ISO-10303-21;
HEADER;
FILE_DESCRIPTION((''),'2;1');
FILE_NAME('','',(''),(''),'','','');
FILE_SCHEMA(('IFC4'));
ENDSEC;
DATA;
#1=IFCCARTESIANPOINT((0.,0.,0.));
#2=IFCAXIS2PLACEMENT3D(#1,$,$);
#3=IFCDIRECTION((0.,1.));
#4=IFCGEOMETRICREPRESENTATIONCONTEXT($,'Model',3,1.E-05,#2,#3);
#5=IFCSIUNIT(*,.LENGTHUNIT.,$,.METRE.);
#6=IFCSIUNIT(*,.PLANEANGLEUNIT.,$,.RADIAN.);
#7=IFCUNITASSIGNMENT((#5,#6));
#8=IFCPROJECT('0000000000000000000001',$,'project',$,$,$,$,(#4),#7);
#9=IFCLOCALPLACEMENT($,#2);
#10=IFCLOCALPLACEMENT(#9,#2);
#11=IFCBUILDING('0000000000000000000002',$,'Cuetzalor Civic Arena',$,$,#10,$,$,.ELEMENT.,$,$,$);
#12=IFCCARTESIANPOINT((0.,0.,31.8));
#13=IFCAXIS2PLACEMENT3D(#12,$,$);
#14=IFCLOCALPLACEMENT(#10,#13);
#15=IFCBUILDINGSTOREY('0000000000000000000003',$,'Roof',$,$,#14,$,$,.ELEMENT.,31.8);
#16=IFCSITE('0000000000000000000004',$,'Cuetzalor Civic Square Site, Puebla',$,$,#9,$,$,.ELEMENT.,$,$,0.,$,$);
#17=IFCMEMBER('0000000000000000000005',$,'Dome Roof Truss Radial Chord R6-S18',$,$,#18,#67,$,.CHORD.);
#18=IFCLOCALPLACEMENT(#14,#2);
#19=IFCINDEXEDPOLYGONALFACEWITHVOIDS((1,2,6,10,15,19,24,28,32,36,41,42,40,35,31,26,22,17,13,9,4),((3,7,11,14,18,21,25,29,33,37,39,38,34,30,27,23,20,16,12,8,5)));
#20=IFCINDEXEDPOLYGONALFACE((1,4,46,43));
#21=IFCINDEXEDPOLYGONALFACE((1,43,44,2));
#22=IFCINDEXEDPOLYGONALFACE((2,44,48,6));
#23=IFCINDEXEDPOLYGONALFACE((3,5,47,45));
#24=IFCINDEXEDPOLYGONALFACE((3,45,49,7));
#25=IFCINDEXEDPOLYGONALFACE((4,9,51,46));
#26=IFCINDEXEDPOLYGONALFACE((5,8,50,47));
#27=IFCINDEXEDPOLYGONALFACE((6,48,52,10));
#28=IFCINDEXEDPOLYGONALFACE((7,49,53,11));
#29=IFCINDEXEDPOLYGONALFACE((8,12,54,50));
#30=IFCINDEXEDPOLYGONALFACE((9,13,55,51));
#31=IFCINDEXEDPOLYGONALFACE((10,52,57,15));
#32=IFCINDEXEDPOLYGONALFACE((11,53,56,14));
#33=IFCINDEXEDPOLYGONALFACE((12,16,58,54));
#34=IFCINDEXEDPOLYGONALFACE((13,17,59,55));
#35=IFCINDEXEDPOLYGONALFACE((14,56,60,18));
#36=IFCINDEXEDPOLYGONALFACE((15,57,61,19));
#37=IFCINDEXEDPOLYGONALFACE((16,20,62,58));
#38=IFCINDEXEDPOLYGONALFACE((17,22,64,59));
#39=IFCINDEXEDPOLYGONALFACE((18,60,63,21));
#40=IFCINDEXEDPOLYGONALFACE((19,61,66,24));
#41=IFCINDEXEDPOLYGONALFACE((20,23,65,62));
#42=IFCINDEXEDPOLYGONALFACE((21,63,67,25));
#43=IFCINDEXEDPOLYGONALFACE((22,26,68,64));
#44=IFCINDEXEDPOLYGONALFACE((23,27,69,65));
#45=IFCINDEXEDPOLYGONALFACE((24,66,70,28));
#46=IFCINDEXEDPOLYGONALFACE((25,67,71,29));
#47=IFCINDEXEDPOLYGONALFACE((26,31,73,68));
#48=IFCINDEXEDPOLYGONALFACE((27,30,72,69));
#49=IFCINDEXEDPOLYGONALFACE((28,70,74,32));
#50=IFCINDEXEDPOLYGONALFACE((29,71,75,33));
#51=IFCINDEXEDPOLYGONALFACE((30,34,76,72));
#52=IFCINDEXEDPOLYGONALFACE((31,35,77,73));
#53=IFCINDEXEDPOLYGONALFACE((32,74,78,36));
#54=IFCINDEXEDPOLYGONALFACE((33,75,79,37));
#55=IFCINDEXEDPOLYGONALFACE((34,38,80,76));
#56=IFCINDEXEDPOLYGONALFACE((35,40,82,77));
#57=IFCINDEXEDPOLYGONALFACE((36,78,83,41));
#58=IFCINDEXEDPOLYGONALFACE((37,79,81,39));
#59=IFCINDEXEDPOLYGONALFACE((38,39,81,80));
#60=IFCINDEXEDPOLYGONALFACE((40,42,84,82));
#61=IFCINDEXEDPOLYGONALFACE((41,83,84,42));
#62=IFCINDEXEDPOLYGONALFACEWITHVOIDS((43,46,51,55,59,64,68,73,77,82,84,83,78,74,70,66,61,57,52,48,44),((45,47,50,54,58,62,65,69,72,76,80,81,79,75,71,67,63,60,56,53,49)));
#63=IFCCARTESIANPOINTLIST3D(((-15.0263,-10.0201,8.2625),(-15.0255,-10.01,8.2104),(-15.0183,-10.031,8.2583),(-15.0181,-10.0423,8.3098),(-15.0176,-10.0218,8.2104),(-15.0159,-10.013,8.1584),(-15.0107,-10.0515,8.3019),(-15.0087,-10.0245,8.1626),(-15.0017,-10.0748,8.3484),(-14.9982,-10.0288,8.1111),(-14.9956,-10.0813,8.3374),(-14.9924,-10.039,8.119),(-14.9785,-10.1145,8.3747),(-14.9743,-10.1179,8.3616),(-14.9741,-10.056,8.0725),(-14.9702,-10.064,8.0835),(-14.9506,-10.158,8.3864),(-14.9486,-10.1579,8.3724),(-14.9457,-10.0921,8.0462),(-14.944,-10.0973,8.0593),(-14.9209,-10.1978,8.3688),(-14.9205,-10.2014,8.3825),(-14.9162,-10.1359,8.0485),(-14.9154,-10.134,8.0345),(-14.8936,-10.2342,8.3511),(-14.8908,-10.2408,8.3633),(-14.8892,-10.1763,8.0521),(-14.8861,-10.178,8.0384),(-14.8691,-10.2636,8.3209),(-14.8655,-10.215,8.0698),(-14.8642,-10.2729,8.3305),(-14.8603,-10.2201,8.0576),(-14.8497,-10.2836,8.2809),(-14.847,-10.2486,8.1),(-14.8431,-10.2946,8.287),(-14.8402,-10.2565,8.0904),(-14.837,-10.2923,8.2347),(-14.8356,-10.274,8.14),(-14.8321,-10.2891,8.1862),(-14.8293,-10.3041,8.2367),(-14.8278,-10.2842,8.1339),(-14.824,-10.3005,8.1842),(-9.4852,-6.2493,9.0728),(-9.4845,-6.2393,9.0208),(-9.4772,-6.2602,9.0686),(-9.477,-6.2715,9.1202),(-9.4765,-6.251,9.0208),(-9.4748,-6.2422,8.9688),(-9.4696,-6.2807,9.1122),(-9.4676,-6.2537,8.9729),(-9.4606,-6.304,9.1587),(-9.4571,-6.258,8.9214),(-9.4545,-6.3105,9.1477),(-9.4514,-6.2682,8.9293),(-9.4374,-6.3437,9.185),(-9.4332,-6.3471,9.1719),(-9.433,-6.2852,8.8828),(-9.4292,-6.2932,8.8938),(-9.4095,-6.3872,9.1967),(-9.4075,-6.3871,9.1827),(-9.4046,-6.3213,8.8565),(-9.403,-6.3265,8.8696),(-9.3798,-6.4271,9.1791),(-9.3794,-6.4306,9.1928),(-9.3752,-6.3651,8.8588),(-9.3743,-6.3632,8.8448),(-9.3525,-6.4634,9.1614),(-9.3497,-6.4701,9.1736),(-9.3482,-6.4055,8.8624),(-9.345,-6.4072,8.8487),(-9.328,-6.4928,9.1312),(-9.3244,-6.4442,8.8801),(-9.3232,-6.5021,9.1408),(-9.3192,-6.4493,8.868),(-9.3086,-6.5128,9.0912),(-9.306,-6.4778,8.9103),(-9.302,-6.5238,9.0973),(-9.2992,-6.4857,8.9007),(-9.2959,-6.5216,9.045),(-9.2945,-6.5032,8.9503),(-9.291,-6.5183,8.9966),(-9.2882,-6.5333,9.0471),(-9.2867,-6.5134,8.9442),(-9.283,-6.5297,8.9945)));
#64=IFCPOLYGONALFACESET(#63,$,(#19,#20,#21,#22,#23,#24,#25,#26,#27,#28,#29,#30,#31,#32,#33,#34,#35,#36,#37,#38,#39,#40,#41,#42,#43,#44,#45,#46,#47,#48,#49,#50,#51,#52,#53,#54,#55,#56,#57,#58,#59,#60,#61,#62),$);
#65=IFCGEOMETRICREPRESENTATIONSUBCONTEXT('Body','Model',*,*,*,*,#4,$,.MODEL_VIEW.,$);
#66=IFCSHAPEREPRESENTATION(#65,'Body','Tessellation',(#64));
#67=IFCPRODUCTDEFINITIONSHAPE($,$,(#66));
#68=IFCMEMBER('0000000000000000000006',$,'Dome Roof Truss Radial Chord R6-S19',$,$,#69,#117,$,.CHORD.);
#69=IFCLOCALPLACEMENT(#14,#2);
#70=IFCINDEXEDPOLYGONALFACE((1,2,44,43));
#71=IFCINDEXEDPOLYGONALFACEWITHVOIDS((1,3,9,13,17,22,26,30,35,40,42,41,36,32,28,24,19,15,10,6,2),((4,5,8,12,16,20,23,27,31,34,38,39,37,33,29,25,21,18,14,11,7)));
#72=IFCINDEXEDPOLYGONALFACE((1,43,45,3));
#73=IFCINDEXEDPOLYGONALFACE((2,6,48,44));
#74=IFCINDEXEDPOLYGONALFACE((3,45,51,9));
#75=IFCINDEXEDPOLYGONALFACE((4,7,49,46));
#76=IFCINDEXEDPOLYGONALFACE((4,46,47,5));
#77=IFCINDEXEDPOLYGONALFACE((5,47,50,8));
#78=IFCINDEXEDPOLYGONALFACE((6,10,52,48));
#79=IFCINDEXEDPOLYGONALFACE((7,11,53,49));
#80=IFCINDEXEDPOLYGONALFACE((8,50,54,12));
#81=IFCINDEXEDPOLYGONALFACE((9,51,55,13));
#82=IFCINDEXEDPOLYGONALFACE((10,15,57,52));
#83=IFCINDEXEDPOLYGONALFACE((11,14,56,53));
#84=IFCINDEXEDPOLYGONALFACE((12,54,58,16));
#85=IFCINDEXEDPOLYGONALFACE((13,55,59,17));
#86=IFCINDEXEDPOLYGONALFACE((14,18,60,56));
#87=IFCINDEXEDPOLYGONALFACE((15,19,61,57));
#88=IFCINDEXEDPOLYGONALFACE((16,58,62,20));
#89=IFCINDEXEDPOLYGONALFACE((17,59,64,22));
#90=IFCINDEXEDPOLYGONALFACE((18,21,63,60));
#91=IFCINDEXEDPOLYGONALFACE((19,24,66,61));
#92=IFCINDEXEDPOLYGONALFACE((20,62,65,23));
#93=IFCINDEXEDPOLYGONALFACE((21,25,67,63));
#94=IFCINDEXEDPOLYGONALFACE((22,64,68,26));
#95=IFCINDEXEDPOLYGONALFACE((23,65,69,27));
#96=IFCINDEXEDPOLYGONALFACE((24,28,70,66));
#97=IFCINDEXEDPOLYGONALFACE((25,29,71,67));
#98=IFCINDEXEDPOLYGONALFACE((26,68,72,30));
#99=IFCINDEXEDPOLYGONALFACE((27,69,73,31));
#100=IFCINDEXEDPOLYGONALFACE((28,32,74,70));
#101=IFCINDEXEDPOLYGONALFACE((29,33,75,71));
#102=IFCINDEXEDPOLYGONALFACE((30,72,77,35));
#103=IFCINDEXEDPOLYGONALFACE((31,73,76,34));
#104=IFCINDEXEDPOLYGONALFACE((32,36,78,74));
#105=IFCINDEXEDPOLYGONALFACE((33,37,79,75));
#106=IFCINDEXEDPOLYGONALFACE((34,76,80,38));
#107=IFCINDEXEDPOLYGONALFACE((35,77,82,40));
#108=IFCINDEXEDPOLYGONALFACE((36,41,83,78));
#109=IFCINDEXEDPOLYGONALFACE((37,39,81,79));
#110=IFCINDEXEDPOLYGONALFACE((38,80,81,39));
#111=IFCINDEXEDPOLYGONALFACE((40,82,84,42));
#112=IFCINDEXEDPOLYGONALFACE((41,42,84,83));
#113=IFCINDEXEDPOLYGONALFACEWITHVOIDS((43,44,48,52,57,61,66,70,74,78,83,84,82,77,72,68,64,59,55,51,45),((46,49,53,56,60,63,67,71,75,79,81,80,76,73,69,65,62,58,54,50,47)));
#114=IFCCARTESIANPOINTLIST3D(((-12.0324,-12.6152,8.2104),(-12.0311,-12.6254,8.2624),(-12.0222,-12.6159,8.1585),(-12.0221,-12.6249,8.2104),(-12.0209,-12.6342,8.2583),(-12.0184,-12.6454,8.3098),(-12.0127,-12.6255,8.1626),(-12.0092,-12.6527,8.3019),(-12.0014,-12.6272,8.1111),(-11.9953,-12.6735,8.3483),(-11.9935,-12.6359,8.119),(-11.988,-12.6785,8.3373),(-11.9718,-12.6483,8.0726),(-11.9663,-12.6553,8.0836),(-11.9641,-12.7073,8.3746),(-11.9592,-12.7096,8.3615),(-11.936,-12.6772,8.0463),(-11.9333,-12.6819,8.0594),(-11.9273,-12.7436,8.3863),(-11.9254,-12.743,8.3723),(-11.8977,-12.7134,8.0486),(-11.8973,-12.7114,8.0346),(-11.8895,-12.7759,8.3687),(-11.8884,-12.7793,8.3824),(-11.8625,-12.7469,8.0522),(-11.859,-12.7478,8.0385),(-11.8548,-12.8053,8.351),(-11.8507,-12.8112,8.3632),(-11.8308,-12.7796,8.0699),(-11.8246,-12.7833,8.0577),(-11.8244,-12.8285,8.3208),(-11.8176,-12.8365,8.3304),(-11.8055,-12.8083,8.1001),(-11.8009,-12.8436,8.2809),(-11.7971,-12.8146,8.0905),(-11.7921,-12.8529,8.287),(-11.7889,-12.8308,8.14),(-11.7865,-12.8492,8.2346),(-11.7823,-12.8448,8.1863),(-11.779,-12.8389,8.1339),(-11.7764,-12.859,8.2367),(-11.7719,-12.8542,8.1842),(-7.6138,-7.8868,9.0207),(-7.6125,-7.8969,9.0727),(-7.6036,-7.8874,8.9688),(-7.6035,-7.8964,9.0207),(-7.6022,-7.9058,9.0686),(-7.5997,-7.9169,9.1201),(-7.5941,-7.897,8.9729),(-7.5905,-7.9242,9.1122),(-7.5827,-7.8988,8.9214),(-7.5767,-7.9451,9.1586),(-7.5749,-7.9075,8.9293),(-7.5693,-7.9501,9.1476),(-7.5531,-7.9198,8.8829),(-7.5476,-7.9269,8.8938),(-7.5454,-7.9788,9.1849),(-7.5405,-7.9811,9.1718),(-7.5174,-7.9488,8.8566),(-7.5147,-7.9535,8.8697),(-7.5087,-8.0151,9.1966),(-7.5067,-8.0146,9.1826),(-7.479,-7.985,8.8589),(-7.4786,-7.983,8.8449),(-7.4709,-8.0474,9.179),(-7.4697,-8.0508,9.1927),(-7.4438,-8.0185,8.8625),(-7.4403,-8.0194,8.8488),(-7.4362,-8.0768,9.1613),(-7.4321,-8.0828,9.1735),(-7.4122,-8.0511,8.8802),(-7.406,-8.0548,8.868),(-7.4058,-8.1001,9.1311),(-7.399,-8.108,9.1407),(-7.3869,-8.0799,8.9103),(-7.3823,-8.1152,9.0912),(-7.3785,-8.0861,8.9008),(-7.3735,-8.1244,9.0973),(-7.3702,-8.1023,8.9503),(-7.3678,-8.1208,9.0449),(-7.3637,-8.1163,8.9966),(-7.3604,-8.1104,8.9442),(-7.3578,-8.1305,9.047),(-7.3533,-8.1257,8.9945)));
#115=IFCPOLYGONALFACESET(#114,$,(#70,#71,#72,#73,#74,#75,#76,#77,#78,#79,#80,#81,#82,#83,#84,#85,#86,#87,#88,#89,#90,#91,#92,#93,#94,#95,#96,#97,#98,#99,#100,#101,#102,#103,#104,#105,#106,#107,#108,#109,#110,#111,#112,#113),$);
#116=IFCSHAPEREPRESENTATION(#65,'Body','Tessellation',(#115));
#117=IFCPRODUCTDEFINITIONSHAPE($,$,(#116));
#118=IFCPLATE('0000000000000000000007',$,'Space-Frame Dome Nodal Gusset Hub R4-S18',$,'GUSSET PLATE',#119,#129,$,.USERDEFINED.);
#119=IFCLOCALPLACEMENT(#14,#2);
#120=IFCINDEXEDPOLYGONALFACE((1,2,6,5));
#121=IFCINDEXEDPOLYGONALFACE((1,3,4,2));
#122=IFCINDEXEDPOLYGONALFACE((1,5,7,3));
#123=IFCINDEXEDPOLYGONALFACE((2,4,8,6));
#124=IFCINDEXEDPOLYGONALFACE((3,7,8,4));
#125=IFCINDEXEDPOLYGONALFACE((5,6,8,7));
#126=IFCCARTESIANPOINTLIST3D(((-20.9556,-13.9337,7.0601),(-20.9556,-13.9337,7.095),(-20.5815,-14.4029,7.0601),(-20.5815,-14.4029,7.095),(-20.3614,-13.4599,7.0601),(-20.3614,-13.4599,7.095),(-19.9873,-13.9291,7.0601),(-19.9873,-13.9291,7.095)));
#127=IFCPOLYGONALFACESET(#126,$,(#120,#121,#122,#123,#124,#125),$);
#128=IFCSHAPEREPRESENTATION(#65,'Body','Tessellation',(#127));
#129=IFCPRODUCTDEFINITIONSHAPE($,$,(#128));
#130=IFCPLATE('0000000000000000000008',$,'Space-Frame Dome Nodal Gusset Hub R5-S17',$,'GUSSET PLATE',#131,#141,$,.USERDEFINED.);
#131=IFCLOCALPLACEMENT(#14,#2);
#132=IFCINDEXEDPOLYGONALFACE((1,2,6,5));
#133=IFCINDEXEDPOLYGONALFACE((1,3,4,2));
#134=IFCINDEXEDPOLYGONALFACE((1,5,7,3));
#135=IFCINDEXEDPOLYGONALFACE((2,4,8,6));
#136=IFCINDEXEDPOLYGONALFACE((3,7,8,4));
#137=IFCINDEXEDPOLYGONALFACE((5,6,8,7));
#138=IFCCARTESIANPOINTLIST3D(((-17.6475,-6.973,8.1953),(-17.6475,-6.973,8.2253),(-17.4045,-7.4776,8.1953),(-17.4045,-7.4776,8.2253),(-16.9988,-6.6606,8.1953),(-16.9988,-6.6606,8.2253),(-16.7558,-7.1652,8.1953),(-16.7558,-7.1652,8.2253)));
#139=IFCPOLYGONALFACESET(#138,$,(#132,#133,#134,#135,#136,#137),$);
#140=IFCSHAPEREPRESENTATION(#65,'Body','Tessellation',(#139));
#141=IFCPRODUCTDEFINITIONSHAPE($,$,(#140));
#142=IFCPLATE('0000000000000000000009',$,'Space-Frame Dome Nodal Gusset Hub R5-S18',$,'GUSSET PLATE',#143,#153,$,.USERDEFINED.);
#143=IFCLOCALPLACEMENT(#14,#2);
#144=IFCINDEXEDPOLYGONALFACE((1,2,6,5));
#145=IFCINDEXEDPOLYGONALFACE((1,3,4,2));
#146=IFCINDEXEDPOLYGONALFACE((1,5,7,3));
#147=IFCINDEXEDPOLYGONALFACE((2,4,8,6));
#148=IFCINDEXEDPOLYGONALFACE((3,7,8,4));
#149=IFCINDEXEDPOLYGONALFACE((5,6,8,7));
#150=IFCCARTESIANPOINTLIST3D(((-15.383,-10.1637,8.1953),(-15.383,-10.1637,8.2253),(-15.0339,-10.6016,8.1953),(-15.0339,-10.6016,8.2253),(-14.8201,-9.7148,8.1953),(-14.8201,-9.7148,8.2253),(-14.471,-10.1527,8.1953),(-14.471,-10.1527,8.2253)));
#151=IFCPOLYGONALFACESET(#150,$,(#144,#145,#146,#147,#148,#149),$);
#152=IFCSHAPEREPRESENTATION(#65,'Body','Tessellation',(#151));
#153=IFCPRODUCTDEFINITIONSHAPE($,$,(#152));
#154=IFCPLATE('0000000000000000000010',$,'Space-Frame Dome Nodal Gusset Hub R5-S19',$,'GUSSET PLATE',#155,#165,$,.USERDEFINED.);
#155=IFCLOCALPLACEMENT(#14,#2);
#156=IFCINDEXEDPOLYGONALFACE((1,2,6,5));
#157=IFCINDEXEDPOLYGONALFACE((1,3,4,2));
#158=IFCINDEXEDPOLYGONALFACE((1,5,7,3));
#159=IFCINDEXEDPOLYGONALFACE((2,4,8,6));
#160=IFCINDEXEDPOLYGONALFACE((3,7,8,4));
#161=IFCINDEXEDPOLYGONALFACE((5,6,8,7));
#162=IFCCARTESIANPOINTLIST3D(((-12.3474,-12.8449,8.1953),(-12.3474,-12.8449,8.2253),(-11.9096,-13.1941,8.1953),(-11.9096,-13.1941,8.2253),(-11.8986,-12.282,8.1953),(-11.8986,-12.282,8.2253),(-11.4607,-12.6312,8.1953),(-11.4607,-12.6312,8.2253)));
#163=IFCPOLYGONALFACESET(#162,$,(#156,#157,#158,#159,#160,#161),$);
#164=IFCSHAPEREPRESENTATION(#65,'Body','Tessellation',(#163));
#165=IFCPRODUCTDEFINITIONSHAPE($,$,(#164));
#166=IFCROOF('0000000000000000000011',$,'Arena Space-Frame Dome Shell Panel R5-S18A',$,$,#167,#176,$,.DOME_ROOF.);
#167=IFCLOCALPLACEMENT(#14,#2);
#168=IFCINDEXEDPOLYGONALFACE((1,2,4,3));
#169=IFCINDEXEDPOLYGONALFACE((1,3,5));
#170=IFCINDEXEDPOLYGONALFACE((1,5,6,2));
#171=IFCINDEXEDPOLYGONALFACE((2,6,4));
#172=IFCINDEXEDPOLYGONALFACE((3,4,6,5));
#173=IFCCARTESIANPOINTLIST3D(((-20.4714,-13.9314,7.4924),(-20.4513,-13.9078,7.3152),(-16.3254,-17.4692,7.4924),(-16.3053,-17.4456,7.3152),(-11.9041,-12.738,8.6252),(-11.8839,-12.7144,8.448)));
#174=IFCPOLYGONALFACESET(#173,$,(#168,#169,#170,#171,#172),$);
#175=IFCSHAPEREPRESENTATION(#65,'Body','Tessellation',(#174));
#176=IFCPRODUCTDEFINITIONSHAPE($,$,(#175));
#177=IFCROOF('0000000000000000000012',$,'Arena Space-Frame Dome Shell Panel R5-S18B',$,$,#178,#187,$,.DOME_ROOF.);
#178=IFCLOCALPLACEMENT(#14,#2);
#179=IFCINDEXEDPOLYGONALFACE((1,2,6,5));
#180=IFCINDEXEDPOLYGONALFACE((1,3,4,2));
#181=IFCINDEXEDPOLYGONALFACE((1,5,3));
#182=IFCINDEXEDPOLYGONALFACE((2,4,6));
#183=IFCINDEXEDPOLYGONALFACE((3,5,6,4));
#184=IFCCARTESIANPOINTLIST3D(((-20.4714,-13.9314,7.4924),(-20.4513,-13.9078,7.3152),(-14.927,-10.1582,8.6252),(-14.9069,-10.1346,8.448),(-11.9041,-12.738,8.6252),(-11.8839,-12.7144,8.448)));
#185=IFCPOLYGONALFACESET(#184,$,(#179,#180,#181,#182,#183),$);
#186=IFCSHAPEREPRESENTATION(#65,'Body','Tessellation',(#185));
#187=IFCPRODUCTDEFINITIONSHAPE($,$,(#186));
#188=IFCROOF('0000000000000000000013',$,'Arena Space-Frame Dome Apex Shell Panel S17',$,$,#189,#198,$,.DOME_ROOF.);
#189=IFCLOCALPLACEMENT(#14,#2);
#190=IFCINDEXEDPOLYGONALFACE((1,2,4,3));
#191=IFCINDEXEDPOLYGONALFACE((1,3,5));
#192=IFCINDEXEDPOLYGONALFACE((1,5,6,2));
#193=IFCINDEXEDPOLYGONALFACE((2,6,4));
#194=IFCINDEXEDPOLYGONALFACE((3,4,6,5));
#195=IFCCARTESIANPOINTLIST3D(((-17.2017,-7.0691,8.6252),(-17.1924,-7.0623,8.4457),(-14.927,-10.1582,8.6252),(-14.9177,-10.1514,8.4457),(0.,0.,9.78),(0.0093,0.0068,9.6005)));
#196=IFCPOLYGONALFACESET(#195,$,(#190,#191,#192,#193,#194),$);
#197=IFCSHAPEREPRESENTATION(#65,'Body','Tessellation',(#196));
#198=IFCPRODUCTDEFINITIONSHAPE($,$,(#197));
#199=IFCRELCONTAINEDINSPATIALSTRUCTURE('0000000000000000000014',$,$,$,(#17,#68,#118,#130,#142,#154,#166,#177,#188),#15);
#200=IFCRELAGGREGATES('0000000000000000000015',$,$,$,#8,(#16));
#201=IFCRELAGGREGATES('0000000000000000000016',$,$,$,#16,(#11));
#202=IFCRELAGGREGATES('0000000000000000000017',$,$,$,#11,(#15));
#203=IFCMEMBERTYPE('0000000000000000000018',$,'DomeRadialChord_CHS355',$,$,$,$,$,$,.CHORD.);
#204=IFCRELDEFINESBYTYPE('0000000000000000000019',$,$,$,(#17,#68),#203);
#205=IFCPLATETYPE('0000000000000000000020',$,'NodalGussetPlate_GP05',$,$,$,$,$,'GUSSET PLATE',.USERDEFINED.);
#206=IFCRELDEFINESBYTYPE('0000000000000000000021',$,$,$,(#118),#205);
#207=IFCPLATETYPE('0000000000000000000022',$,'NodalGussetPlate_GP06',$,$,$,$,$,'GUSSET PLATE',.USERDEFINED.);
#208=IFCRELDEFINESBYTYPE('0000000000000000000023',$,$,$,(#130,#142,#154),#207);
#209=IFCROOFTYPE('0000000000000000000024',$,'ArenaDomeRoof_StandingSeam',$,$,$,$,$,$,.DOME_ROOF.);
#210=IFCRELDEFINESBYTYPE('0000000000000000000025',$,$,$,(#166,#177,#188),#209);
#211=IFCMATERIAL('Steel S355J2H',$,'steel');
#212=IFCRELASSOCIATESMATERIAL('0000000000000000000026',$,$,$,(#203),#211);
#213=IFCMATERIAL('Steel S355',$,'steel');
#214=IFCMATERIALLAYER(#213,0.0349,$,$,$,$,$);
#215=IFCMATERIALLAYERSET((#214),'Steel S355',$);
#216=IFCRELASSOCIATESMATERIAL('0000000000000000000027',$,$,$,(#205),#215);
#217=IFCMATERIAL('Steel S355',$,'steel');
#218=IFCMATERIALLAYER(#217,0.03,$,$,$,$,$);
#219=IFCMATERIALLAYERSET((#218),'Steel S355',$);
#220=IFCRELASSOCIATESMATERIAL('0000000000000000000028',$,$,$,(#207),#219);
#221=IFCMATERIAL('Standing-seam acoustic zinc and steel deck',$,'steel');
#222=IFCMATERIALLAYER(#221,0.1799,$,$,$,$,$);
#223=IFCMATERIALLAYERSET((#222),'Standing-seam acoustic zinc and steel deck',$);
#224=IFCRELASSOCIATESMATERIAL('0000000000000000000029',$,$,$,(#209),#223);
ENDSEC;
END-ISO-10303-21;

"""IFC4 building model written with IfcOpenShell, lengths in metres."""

from ifc_helpers import new_model, si_unit, direction, frame, origin, origin_2d, place, context, subcontext, project, spatial, polyline, rectangle, hollow_circle, outline, extrude, material, layer, layer_set, material_profile, profile_set, type_object, element, save


model = new_model("IFC4")

# Units and contexts
model_context = context("Model", 3, precision=1e-05, world=origin(), true_north=direction((0.0, 1.0)))
body_context = subcontext(model_context, "Body", "Model", "MODEL_VIEW")
ifc_project = project(units=[si_unit("LENGTHUNIT", "METRE"), si_unit("PLANEANGLEUNIT", "RADIAN")], contexts=[model_context])

# Site, building, storey
site_placement = place(None, origin())
site = spatial("IfcSite", under=ifc_project, at=site_placement, Name="Cuetzalor Civic Square Site, Puebla", CompositionType="ELEMENT", RefElevation=0.0)
building_placement = place(site_placement, origin())
building = spatial("IfcBuilding", under=site, at=building_placement, Name="Cuetzalor Civic Arena", CompositionType="ELEMENT")
storey_placement = place(building_placement, frame((0.0, 0.0, 31.8)))
storey = spatial("IfcBuildingStorey", under=building, at=storey_placement, Name="Roof", CompositionType="ELEMENT", Elevation=31.8)

# Members
ifc_material_1 = material(Name="Steel S355J2H", Category="steel")
ifc_material_profile_1 = material_profile(ifc_material_1, hollow_circle(Radius=0.1777, WallThickness=0.0142, at=origin_2d()), Name="CHS 355.6x14.2")
ifc_profile_set_1 = profile_set([ifc_material_profile_1], Name="Steel S355J2H")
member_type_1 = type_object("IfcMemberType", Name="DomeRadialChord_CHS355", PredefinedType="CHORD", material=ifc_profile_set_1)
member_1_placement = place(storey_placement, frame((-14.9255, -10.157, 8.2104), z_axis=(0.820751, 0.558535, 0.120024), x_axis=(-0.562602, 0.826728, 0.0)))
element("IfcMember", 1, at=member_1_placement, inside=storey, type_object=member_type_1, Name="Dome Roof Truss Radial Chord R6-S18", PredefinedType="CHORD", context=body_context, shape_type="SweptSolid", body=[
    extrude(hollow_circle(Radius=0.1777, WallThickness=0.0142, at=origin_2d()), origin(), (0.0, 0.0, 1.0), 6.7512),
])
member_2_placement = place(storey_placement, frame((-11.9026, -12.7366, 8.2104), z_axis=(0.677476, 0.724977, 0.124236), x_axis=(-0.730637, 0.682766, 0.0)))
element("IfcMember", 2, at=member_2_placement, inside=storey, type_object=member_type_1, Name="Dome Roof Truss Radial Chord R6-S19", PredefinedType="CHORD", context=body_context, shape_type="SweptSolid", body=[
    extrude(hollow_circle(Radius=0.1777, WallThickness=0.0142, at=origin_2d()), origin(), (0.0, 0.0, 1.0), 6.5222),
])

# Plates
ifc_material_2 = material(Name="Steel S355", Category="steel")
ifc_layer_1 = layer(ifc_material_2, 0.0349)
ifc_layer_set_1 = layer_set([ifc_layer_1], Name="Steel S355")
plate_type_1 = type_object("IfcPlateType", Name="NodalGussetPlate_GP05", ElementType="GUSSET PLATE", PredefinedType="USERDEFINED", material=ifc_layer_set_1)
plate_placement = place(storey_placement, frame((-20.4714, -13.9314, 7.0601), z_axis=(0.0, 0.0, 1.0), x_axis=(-0.781847, -0.62347, 0.0)))
element("IfcPlate", 3, at=plate_placement, inside=storey, type_object=plate_type_1, Name="Space-Frame Dome Nodal Gusset Hub R4-S18", ObjectType="GUSSET PLATE", PredefinedType="USERDEFINED", context=body_context, shape_type="SweptSolid", body=[
    extrude(rectangle(XDim=0.76, YDim=0.6001, at=origin_2d()), origin(), (0.0, 0.0, 1.0), 0.0349),
])
ifc_material_3 = material(Name="Steel S355", Category="steel")
ifc_layer_2 = layer(ifc_material_3, 0.03)
ifc_layer_set_2 = layer_set([ifc_layer_2], Name="Steel S355")
plate_type_2 = type_object("IfcPlateType", Name="NodalGussetPlate_GP06", ElementType="GUSSET PLATE", PredefinedType="USERDEFINED", material=ifc_layer_set_2)
for number, where, z_axis, x_axis, name in (
    (4, (-17.2017, -7.0691, 8.1953), (0.0, 0.0, 1.0), (-0.901001, -0.433816, 0.0), "Space-Frame Dome Nodal Gusset Hub R5-S17"),
    (5, (-14.927, -10.1582, 8.1953), (0.0, 0.0, 1.0), (-0.781847, -0.62347, 0.0), "Space-Frame Dome Nodal Gusset Hub R5-S18"),
    (6, (-11.9041, -12.738, 8.1953), (0.0, 0.0, 1.0), (-0.62347, -0.781847, 0.0), "Space-Frame Dome Nodal Gusset Hub R5-S19"),
):
    element("IfcPlate", number, at=place(storey_placement, frame(where, z_axis=z_axis, x_axis=x_axis)), inside=storey, type_object=plate_type_2, Name=name, ObjectType="GUSSET PLATE", PredefinedType="USERDEFINED", context=body_context, shape_type="SweptSolid", body=[
        extrude(rectangle(XDim=0.72, YDim=0.5601, at=origin_2d()), origin(), (0.0, 0.0, 1.0), 0.03),
    ])

# Roofs
ifc_material_4 = material(Name="Standing-seam acoustic zinc and steel deck", Category="steel")
ifc_layer_3 = layer(ifc_material_4, 0.1799)
ifc_layer_set_3 = layer_set([ifc_layer_3], Name="Standing-seam acoustic zinc and steel deck")
roof_type = type_object("IfcRoofType", Name="ArenaDomeRoof_StandingSeam", PredefinedType="DOME_ROOF", material=ifc_layer_set_3)
roof_1_placement = place(storey_placement, frame((-20.4714, -13.9314, 7.4924), z_axis=(-0.111965, -0.131212, 0.985011), x_axis=(0.760693, -0.649111, 0.0)))
element("IfcRoof", 7, at=roof_1_placement, inside=storey, type_object=roof_type, Name="Arena Space-Frame Dome Shell Panel R5-S18A", PredefinedType="DOME_ROOF", context=body_context, shape_type="SweptSolid", body=[
    extrude(outline(polyline([(0.0, 0.0), (5.4503, 0.0), (5.7425, 6.5674), (0.0, 0.0)])), origin(), (0.0, 0.0, -1.0), 0.1799),
])
roof_2_placement = place(storey_placement, frame((-20.4714, -13.9314, 7.4924), z_axis=(-0.111967, -0.131199, 0.985013), x_axis=(0.982052, 0.136791, 0.129851)))
element("IfcRoof", 8, at=roof_2_placement, inside=storey, type_object=roof_type, Name="Arena Space-Frame Dome Shell Panel R5-S18B", PredefinedType="DOME_ROOF", context=body_context, shape_type="SweptSolid", body=[
    extrude(outline(polyline([(0.0, 0.0), (8.724, 0.0), (6.1082, 2.9919), (0.0, 0.0)])), origin(), (0.0, 0.0, -1.0), 0.1799),
])
roof_3_placement = place(storey_placement, frame((-17.2017, -7.0691, 8.6252), z_axis=(-0.051432, -0.037872, 0.997958), x_axis=(0.592941, -0.805246, 0.0)))
element("IfcRoof", 9, at=roof_3_placement, inside=storey, type_object=roof_type, Name="Arena Space-Frame Dome Apex Shell Panel S17", PredefinedType="DOME_ROOF", context=body_context, shape_type="SweptSolid", body=[
    extrude(outline(polyline([(0.0, 0.0), (3.8362, 0.0), (4.5072, 18.08), (0.0, 0.0)])), origin(), (0.0, 0.0, -1.0), 0.1799),
])

save(model, "model.ifc")
